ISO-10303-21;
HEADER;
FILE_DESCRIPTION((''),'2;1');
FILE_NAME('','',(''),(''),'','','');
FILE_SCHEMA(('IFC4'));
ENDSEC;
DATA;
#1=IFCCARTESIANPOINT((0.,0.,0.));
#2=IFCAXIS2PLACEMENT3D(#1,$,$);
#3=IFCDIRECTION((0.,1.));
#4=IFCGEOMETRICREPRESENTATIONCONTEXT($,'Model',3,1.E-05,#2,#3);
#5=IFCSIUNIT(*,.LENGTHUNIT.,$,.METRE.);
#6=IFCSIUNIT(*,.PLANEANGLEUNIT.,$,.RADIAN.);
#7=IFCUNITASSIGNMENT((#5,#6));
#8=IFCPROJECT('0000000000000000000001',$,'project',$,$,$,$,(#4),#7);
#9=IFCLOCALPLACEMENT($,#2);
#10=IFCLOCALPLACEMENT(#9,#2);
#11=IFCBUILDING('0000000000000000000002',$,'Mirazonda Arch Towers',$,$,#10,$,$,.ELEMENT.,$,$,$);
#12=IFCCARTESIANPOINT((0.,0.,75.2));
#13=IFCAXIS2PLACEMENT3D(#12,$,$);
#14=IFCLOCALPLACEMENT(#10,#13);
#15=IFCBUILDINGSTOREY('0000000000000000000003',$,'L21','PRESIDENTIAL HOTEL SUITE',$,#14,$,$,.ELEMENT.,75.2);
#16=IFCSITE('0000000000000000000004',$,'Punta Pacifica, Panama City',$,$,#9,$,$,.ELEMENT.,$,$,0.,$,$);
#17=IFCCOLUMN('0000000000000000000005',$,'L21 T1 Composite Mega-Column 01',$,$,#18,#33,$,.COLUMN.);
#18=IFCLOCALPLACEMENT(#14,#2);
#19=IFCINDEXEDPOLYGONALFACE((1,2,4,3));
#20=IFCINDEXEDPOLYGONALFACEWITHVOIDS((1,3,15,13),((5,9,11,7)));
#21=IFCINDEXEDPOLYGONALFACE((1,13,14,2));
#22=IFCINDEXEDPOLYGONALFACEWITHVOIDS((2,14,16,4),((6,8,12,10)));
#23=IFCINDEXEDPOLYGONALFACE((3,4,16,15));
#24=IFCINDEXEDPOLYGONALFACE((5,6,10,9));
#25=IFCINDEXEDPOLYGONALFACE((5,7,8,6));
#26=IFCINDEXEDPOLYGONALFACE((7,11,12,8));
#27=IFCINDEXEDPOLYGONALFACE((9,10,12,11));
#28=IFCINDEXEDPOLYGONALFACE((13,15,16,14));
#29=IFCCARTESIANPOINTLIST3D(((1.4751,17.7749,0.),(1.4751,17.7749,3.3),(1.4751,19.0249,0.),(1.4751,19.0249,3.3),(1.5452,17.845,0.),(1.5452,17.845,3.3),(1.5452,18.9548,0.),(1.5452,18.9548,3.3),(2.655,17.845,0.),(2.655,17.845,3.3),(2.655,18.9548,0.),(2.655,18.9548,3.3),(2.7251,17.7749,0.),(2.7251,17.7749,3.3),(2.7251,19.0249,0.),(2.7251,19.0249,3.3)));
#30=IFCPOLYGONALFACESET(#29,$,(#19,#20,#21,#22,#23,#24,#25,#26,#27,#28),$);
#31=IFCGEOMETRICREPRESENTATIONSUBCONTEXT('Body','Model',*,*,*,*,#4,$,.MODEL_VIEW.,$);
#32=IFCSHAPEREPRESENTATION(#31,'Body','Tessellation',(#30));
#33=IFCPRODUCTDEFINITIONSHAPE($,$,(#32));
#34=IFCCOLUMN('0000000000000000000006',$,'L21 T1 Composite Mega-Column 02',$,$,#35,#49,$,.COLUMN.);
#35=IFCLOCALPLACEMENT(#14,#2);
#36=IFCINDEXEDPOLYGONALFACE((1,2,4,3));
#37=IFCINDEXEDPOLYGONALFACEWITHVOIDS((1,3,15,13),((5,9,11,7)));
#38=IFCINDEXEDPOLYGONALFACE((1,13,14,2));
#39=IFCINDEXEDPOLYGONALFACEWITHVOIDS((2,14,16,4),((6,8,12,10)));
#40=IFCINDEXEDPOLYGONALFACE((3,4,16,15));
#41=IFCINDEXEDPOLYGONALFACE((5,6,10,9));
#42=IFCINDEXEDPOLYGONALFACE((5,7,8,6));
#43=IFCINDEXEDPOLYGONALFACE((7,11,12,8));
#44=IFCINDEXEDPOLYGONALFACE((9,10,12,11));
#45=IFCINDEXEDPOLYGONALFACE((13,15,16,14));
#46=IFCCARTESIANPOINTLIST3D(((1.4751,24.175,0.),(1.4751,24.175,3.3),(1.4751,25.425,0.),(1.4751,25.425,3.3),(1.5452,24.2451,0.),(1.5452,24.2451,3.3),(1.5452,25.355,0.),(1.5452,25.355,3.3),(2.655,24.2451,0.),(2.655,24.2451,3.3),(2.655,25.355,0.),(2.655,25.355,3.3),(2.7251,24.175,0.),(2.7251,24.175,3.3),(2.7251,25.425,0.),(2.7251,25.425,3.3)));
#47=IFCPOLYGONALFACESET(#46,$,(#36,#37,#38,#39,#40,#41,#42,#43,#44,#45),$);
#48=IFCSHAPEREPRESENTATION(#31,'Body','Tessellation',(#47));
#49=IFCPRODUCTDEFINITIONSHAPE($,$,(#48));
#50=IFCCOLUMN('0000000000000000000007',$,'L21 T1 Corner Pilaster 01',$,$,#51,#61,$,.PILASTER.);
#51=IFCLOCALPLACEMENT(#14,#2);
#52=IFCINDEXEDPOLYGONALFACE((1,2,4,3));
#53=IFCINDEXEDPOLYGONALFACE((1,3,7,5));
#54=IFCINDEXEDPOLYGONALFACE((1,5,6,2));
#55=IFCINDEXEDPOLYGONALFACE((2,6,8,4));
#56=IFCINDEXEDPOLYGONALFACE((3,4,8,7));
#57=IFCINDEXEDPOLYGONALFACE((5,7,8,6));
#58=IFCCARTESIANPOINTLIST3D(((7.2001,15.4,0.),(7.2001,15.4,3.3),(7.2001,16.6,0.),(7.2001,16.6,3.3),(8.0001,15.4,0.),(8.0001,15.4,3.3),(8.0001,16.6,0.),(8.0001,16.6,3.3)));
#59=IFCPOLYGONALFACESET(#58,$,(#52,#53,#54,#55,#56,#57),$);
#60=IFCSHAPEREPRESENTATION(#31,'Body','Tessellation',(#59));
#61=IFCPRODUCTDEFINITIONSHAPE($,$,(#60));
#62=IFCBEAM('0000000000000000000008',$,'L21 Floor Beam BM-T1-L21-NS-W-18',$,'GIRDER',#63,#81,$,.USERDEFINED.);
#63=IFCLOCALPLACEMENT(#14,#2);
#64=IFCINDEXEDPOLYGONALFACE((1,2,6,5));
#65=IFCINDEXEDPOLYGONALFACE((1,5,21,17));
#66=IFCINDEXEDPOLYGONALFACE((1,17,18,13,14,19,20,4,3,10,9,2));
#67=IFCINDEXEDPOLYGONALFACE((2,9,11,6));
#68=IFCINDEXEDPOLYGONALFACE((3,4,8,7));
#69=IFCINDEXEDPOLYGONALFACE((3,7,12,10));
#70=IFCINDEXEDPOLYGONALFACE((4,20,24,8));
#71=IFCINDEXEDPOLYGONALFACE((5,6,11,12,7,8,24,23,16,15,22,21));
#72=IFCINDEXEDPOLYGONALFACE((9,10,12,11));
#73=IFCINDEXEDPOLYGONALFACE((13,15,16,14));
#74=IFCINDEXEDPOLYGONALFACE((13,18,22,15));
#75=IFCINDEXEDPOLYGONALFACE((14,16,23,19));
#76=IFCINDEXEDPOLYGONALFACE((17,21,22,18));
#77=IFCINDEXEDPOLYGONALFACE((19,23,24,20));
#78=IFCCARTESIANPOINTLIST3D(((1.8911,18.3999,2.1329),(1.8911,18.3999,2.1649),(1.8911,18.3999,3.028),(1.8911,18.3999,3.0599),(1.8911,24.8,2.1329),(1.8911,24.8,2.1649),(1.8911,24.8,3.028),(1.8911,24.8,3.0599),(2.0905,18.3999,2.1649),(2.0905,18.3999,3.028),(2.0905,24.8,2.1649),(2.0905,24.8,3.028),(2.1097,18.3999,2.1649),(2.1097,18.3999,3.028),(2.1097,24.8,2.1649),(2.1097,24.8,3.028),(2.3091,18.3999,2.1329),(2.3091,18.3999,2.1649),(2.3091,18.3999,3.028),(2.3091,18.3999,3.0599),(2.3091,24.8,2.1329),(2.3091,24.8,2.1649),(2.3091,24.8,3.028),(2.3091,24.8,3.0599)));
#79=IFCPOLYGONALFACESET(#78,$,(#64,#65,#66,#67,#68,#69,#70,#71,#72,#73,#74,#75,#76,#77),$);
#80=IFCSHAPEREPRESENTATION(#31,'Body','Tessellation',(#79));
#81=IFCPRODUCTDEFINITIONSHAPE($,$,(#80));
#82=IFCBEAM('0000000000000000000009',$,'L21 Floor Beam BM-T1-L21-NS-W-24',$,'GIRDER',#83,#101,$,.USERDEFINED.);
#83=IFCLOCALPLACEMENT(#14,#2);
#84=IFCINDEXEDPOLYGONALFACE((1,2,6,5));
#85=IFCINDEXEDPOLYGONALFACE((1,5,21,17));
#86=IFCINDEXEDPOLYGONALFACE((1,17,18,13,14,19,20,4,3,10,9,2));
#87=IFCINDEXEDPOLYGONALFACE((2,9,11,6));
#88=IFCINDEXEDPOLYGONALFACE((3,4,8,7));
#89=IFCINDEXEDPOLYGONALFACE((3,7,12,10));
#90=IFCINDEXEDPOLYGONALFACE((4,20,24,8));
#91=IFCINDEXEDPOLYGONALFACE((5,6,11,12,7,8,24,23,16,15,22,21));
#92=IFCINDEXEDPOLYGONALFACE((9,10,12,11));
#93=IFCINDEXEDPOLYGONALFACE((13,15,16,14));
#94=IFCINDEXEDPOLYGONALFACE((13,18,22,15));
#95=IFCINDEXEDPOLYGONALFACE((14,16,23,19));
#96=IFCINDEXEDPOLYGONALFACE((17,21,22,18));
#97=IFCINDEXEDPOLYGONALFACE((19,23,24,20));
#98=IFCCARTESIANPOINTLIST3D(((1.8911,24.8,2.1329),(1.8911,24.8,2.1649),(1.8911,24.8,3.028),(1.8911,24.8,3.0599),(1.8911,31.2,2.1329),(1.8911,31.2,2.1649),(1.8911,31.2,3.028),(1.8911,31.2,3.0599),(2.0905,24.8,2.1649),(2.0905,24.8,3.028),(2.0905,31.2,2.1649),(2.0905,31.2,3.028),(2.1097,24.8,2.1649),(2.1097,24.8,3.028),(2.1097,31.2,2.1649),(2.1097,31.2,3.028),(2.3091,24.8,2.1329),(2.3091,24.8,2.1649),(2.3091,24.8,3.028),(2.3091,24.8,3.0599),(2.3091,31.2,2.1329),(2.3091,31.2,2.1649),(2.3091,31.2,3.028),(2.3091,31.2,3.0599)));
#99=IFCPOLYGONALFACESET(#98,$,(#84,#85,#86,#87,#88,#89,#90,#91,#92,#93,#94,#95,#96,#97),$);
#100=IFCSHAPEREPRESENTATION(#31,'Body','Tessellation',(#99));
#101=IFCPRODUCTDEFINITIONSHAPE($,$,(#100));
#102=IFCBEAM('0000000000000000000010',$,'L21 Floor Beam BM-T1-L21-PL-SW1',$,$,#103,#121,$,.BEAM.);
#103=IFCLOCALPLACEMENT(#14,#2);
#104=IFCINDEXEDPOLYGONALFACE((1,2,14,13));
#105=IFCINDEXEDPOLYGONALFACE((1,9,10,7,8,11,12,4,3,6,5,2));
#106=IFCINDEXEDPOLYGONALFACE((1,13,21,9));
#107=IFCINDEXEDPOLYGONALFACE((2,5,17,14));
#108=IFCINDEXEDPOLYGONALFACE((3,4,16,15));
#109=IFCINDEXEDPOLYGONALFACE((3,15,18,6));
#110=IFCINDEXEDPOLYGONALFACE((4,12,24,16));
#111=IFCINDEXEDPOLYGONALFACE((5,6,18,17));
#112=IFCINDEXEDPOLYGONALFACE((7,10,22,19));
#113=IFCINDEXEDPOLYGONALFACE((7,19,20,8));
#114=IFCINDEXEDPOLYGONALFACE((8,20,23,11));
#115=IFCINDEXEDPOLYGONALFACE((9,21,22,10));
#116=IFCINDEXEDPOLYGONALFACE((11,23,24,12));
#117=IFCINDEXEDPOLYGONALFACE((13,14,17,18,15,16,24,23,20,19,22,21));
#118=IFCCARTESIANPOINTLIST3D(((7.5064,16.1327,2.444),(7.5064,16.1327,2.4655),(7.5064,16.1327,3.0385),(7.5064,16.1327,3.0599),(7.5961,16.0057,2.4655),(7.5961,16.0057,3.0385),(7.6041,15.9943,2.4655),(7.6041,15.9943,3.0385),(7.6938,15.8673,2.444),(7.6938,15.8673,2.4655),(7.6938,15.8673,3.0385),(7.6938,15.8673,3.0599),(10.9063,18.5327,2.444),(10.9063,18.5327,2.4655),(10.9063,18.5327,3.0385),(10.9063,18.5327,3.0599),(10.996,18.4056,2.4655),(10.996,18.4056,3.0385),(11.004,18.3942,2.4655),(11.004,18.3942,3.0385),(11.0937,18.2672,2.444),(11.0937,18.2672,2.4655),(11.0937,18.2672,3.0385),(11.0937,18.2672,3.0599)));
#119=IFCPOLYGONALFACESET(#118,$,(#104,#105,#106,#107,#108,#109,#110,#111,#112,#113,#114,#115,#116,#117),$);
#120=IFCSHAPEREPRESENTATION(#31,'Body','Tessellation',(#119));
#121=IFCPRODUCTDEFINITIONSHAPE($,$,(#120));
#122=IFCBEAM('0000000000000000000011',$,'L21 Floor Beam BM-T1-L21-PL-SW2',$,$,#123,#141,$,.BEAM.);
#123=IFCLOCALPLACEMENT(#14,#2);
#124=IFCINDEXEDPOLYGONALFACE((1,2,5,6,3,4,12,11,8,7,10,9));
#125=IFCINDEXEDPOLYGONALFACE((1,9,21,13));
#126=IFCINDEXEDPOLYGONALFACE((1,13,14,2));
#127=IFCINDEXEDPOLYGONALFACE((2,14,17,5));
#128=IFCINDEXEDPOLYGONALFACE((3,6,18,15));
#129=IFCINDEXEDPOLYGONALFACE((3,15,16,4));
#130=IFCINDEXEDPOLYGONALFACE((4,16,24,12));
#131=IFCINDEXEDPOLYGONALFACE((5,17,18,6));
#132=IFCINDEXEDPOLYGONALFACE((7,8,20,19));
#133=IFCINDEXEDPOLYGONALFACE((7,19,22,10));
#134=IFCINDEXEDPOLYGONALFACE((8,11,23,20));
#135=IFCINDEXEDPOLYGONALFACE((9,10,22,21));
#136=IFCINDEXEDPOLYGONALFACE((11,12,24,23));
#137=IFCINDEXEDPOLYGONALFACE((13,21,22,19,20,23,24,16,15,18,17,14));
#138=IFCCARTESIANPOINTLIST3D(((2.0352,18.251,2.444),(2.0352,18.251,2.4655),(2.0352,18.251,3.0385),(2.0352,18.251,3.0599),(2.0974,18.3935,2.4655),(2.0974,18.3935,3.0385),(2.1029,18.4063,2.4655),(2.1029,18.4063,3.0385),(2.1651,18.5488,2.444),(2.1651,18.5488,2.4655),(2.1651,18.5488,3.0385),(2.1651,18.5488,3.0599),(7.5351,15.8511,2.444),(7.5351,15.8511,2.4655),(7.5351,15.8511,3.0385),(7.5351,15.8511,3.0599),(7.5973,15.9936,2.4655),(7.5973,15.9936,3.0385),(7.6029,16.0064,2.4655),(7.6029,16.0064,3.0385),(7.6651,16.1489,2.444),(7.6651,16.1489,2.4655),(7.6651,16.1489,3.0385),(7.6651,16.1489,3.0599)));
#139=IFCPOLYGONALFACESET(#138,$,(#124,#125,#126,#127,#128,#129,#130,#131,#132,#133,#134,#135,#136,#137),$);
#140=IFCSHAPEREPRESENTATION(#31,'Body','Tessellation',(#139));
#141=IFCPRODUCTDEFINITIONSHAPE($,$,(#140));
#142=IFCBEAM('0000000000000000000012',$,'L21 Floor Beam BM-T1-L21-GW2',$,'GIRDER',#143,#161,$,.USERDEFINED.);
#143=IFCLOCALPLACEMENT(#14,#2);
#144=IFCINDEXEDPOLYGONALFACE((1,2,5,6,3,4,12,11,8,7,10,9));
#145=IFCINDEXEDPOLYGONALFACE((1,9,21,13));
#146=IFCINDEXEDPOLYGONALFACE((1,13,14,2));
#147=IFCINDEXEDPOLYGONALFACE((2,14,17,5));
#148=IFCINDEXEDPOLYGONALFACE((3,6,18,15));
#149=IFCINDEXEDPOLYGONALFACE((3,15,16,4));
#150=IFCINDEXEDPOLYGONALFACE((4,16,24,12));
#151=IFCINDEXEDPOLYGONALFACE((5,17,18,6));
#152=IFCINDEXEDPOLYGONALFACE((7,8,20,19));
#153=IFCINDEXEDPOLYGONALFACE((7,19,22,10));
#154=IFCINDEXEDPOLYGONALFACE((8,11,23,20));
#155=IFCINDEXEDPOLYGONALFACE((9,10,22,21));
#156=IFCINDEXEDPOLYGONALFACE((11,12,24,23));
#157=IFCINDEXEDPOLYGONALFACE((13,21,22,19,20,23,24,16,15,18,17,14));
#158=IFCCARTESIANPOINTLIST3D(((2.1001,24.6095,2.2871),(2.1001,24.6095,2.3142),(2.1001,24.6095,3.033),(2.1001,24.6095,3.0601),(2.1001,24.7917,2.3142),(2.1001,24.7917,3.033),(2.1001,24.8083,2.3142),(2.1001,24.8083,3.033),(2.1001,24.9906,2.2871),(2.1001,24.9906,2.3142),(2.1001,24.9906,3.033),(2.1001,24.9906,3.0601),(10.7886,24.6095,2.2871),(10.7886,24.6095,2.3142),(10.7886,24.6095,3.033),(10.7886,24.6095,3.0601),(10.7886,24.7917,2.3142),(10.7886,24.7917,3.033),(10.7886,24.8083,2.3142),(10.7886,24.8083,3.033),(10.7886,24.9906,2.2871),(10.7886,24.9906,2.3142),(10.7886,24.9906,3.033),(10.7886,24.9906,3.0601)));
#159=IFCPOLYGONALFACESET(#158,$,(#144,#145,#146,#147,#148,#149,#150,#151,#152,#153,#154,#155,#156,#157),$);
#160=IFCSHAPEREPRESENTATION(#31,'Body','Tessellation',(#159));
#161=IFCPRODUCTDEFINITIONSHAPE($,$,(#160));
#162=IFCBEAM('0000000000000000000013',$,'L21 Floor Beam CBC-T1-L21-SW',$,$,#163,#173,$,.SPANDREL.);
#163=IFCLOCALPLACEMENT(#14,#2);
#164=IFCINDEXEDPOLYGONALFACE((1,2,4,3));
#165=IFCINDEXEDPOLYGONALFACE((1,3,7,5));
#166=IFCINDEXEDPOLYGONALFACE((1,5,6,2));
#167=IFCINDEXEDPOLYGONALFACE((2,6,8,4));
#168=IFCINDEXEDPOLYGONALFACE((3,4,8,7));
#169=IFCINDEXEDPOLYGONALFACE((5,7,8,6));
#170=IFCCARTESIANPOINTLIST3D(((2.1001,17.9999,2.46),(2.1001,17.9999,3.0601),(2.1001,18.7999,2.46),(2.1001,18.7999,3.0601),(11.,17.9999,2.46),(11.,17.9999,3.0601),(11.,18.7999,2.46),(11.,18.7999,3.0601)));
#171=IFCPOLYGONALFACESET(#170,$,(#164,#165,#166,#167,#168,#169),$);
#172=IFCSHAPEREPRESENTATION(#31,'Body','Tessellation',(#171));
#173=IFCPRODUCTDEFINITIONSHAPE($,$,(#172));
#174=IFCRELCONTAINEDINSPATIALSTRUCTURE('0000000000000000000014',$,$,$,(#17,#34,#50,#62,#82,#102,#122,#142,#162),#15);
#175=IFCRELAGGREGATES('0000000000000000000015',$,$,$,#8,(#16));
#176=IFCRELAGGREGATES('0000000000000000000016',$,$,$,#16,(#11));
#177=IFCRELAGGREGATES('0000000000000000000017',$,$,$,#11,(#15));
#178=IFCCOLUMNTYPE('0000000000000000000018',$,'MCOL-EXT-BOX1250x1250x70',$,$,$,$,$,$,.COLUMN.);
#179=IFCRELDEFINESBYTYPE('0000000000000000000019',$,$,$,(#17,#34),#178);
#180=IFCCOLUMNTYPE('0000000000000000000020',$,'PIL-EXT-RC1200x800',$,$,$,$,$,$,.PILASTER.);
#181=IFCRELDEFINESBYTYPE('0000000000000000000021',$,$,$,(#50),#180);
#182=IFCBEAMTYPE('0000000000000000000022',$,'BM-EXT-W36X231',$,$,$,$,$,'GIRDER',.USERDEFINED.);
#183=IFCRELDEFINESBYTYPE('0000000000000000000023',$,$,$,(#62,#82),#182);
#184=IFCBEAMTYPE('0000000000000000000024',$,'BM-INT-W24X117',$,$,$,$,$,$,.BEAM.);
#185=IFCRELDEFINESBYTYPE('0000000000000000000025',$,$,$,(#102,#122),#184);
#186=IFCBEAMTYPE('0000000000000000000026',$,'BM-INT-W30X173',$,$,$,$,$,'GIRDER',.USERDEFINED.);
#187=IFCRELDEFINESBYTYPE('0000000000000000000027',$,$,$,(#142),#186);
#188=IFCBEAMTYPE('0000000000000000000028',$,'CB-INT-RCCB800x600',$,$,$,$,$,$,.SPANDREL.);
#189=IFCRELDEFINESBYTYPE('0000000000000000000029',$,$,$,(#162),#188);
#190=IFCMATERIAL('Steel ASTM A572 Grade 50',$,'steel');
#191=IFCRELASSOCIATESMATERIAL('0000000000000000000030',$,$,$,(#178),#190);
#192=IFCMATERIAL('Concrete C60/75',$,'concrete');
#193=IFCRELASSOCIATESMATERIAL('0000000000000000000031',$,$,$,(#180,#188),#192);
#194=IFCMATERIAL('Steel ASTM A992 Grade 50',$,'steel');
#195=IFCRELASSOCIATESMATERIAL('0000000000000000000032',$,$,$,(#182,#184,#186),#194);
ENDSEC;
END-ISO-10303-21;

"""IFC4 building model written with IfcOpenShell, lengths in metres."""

from ifc_helpers import new_model, si_unit, direction, frame, origin, origin_2d, place, context, subcontext, project, spatial, rectangle, hollow_rectangle, i_section, extrude, material, material_profile, profile_set, type_object, element, save


model = new_model("IFC4")

# Units and contexts
model_context = context("Model", 3, precision=1e-05, world=origin(), true_north=direction((0.0, 1.0)))
body_context = subcontext(model_context, "Body", "Model", "MODEL_VIEW")
ifc_project = project(units=[si_unit("LENGTHUNIT", "METRE"), si_unit("PLANEANGLEUNIT", "RADIAN")], contexts=[model_context])

# Site, building, storey
site_placement = place(None, origin())
site = spatial("IfcSite", under=ifc_project, at=site_placement, Name="Punta Pacifica, Panama City", CompositionType="ELEMENT", RefElevation=0.0)
building_placement = place(site_placement, origin())
building = spatial("IfcBuilding", under=site, at=building_placement, Name="Mirazonda Arch Towers", CompositionType="ELEMENT")
storey_placement = place(building_placement, frame((0.0, 0.0, 75.2)))
storey = spatial("IfcBuildingStorey", under=building, at=storey_placement, Name="L21", Description="PRESIDENTIAL HOTEL SUITE", CompositionType="ELEMENT", Elevation=75.2)

# Columns
ifc_material_1 = material(Name="Steel ASTM A572 Grade 50", Category="steel")
ifc_material_profile_1 = material_profile(ifc_material_1, hollow_rectangle(XDim=1.25, YDim=1.25, WallThickness=0.0701, at=origin_2d()), Name="BOX1250x1250x70")
ifc_profile_set_1 = profile_set([ifc_material_profile_1], Name="Steel ASTM A572 Grade 50")
column_type_1 = type_object("IfcColumnType", Name="MCOL-EXT-BOX1250x1250x70", PredefinedType="COLUMN", material=ifc_profile_set_1)
for number, where, z_axis, x_axis, name in (
    (1, (2.1001, 18.3999, 0.0), (0.0, 0.0, 1.0), (1.0, 0.0, 0.0), "L21 T1 Composite Mega-Column 01"),
    (2, (2.1001, 24.8, 0.0), (0.0, 0.0, 1.0), (1.0, 0.0, 0.0), "L21 T1 Composite Mega-Column 02"),
):
    element("IfcColumn", number, at=place(storey_placement, frame(where, z_axis=z_axis, x_axis=x_axis)), inside=storey, type_object=column_type_1, Name=name, PredefinedType="COLUMN", context=body_context, shape_type="SweptSolid", body=[
        extrude(hollow_rectangle(XDim=1.25, YDim=1.25, WallThickness=0.0701, at=origin_2d()), origin(), (0.0, 0.0, 1.0), 3.3),
    ])
ifc_material_2 = material(Name="Concrete C60/75", Category="concrete")
ifc_material_profile_2 = material_profile(ifc_material_2, rectangle(XDim=0.8, YDim=1.2, at=origin_2d()), Name="RC1200x800")
ifc_profile_set_2 = profile_set([ifc_material_profile_2], Name="Concrete C60/75")
column_type_2 = type_object("IfcColumnType", Name="PIL-EXT-RC1200x800", PredefinedType="PILASTER", material=ifc_profile_set_2)
column_placement = place(storey_placement, frame((7.6001, 16.0, 0.0), z_axis=(0.0, 0.0, 1.0), x_axis=(1.0, 0.0, 0.0)))
element("IfcColumn", 3, at=column_placement, inside=storey, type_object=column_type_2, Name="L21 T1 Corner Pilaster 01", PredefinedType="PILASTER", context=body_context, shape_type="SweptSolid", body=[
    extrude(rectangle(XDim=0.8, YDim=1.2, at=origin_2d()), origin(), (0.0, 0.0, 1.0), 3.3),
])

# Beams
ifc_material_3 = material(Name="Steel ASTM A992 Grade 50", Category="steel")
ifc_material_profile_3 = material_profile(ifc_material_3, i_section(OverallWidth=0.418, OverallDepth=0.927, WebThickness=0.0193, FlangeThickness=0.032, at=origin_2d()), Name="W36X231")
ifc_profile_set_3 = profile_set([ifc_material_profile_3], Name="Steel ASTM A992 Grade 50")
beam_type_1 = type_object("IfcBeamType", Name="BM-EXT-W36X231", ElementType="GIRDER", PredefinedType="USERDEFINED", material=ifc_profile_set_3)
beam_1_placement = place(storey_placement, frame((2.1001, 18.3999, 2.5964), z_axis=(0.0, 1.0, 0.0), x_axis=(-1.0, 0.0, 0.0)))
element("IfcBeam", 4, at=beam_1_placement, inside=storey, type_object=beam_type_1, Name="L21 Floor Beam BM-T1-L21-NS-W-18", ObjectType="GIRDER", PredefinedType="USERDEFINED", context=body_context, shape_type="SweptSolid", body=[
    extrude(i_section(OverallWidth=0.418, OverallDepth=0.927, WebThickness=0.0193, FlangeThickness=0.032, at=origin_2d()), origin(), (0.0, 0.0, 1.0), 6.4001),
])
beam_2_placement = place(storey_placement, frame((2.1001, 24.8, 2.5964), z_axis=(0.0, 1.0, 0.0), x_axis=(-1.0, 0.0, 0.0)))
element("IfcBeam", 5, at=beam_2_placement, inside=storey, type_object=beam_type_1, Name="L21 Floor Beam BM-T1-L21-NS-W-24", ObjectType="GIRDER", PredefinedType="USERDEFINED", context=body_context, shape_type="SweptSolid", body=[
    extrude(i_section(OverallWidth=0.418, OverallDepth=0.927, WebThickness=0.0193, FlangeThickness=0.032, at=origin_2d()), origin(), (0.0, 0.0, 1.0), 6.3999),
])
ifc_material_profile_4 = material_profile(ifc_material_3, i_section(OverallWidth=0.325, OverallDepth=0.616, WebThickness=0.0139, FlangeThickness=0.0215, at=origin_2d()), Name="W24X117")
ifc_profile_set_4 = profile_set([ifc_material_profile_4], Name="Steel ASTM A992 Grade 50")
beam_type_2 = type_object("IfcBeamType", Name="BM-INT-W24X117", PredefinedType="BEAM", material=ifc_profile_set_4)
beam_3_placement = place(storey_placement, frame((7.6001, 16.0, 2.752), z_axis=(0.816971, 0.576679, 0.0), x_axis=(-0.576679, 0.816971, 0.0)))
element("IfcBeam", 6, at=beam_3_placement, inside=storey, type_object=beam_type_2, Name="L21 Floor Beam BM-T1-L21-PL-SW1", PredefinedType="BEAM", context=body_context, shape_type="SweptSolid", body=[
    extrude(i_section(OverallWidth=0.325, OverallDepth=0.616, WebThickness=0.0139, FlangeThickness=0.0215, at=origin_2d()), origin(), (0.0, 0.0, 1.0), 4.1616),
])
beam_4_placement = place(storey_placement, frame((7.6001, 16.0, 2.752), z_axis=(-0.916545, 0.399931, 0.0), x_axis=(-0.399931, -0.916545, 0.0)))
element("IfcBeam", 7, at=beam_4_placement, inside=storey, type_object=beam_type_2, Name="L21 Floor Beam BM-T1-L21-PL-SW2", PredefinedType="BEAM", context=body_context, shape_type="SweptSolid", body=[
    extrude(i_section(OverallWidth=0.325, OverallDepth=0.616, WebThickness=0.0139, FlangeThickness=0.0215, at=origin_2d()), origin(), (0.0, 0.0, 1.0), 6.0007),
])
ifc_material_profile_5 = material_profile(ifc_material_3, i_section(OverallWidth=0.3811, OverallDepth=0.7729, WebThickness=0.0166, FlangeThickness=0.0271, at=origin_2d()), Name="W30X173")
ifc_profile_set_5 = profile_set([ifc_material_profile_5], Name="Steel ASTM A992 Grade 50")
beam_type_3 = type_object("IfcBeamType", Name="BM-INT-W30X173", ElementType="GIRDER", PredefinedType="USERDEFINED", material=ifc_profile_set_5)
beam_5_placement = place(storey_placement, frame((2.1001, 24.8, 2.6736), z_axis=(1.0, 0.0, 0.0), x_axis=(0.0, 1.0, 0.0)))
element("IfcBeam", 8, at=beam_5_placement, inside=storey, type_object=beam_type_3, Name="L21 Floor Beam BM-T1-L21-GW2", ObjectType="GIRDER", PredefinedType="USERDEFINED", context=body_context, shape_type="SweptSolid", body=[
    extrude(i_section(OverallWidth=0.3811, OverallDepth=0.7729, WebThickness=0.0166, FlangeThickness=0.0271, at=origin_2d()), origin(), (0.0, 0.0, 1.0), 8.6885),
])
ifc_material_profile_6 = material_profile(ifc_material_2, rectangle(XDim=0.8, YDim=0.6001, at=origin_2d()), Name="RCCB800x600")
ifc_profile_set_6 = profile_set([ifc_material_profile_6], Name="Concrete C60/75")
beam_type_4 = type_object("IfcBeamType", Name="CB-INT-RCCB800x600", PredefinedType="SPANDREL", material=ifc_profile_set_6)
beam_6_placement = place(storey_placement, frame((2.1001, 18.3999, 2.76), z_axis=(1.0, 0.0, 0.0), x_axis=(0.0, 1.0, 0.0)))
element("IfcBeam", 9, at=beam_6_placement, inside=storey, type_object=beam_type_4, Name="L21 Floor Beam CBC-T1-L21-SW", PredefinedType="SPANDREL", context=body_context, shape_type="SweptSolid", body=[
    extrude(rectangle(XDim=0.8, YDim=0.6001, at=origin_2d()), origin(), (0.0, 0.0, 1.0), 8.8999),
])

save(model, "model.ifc")
